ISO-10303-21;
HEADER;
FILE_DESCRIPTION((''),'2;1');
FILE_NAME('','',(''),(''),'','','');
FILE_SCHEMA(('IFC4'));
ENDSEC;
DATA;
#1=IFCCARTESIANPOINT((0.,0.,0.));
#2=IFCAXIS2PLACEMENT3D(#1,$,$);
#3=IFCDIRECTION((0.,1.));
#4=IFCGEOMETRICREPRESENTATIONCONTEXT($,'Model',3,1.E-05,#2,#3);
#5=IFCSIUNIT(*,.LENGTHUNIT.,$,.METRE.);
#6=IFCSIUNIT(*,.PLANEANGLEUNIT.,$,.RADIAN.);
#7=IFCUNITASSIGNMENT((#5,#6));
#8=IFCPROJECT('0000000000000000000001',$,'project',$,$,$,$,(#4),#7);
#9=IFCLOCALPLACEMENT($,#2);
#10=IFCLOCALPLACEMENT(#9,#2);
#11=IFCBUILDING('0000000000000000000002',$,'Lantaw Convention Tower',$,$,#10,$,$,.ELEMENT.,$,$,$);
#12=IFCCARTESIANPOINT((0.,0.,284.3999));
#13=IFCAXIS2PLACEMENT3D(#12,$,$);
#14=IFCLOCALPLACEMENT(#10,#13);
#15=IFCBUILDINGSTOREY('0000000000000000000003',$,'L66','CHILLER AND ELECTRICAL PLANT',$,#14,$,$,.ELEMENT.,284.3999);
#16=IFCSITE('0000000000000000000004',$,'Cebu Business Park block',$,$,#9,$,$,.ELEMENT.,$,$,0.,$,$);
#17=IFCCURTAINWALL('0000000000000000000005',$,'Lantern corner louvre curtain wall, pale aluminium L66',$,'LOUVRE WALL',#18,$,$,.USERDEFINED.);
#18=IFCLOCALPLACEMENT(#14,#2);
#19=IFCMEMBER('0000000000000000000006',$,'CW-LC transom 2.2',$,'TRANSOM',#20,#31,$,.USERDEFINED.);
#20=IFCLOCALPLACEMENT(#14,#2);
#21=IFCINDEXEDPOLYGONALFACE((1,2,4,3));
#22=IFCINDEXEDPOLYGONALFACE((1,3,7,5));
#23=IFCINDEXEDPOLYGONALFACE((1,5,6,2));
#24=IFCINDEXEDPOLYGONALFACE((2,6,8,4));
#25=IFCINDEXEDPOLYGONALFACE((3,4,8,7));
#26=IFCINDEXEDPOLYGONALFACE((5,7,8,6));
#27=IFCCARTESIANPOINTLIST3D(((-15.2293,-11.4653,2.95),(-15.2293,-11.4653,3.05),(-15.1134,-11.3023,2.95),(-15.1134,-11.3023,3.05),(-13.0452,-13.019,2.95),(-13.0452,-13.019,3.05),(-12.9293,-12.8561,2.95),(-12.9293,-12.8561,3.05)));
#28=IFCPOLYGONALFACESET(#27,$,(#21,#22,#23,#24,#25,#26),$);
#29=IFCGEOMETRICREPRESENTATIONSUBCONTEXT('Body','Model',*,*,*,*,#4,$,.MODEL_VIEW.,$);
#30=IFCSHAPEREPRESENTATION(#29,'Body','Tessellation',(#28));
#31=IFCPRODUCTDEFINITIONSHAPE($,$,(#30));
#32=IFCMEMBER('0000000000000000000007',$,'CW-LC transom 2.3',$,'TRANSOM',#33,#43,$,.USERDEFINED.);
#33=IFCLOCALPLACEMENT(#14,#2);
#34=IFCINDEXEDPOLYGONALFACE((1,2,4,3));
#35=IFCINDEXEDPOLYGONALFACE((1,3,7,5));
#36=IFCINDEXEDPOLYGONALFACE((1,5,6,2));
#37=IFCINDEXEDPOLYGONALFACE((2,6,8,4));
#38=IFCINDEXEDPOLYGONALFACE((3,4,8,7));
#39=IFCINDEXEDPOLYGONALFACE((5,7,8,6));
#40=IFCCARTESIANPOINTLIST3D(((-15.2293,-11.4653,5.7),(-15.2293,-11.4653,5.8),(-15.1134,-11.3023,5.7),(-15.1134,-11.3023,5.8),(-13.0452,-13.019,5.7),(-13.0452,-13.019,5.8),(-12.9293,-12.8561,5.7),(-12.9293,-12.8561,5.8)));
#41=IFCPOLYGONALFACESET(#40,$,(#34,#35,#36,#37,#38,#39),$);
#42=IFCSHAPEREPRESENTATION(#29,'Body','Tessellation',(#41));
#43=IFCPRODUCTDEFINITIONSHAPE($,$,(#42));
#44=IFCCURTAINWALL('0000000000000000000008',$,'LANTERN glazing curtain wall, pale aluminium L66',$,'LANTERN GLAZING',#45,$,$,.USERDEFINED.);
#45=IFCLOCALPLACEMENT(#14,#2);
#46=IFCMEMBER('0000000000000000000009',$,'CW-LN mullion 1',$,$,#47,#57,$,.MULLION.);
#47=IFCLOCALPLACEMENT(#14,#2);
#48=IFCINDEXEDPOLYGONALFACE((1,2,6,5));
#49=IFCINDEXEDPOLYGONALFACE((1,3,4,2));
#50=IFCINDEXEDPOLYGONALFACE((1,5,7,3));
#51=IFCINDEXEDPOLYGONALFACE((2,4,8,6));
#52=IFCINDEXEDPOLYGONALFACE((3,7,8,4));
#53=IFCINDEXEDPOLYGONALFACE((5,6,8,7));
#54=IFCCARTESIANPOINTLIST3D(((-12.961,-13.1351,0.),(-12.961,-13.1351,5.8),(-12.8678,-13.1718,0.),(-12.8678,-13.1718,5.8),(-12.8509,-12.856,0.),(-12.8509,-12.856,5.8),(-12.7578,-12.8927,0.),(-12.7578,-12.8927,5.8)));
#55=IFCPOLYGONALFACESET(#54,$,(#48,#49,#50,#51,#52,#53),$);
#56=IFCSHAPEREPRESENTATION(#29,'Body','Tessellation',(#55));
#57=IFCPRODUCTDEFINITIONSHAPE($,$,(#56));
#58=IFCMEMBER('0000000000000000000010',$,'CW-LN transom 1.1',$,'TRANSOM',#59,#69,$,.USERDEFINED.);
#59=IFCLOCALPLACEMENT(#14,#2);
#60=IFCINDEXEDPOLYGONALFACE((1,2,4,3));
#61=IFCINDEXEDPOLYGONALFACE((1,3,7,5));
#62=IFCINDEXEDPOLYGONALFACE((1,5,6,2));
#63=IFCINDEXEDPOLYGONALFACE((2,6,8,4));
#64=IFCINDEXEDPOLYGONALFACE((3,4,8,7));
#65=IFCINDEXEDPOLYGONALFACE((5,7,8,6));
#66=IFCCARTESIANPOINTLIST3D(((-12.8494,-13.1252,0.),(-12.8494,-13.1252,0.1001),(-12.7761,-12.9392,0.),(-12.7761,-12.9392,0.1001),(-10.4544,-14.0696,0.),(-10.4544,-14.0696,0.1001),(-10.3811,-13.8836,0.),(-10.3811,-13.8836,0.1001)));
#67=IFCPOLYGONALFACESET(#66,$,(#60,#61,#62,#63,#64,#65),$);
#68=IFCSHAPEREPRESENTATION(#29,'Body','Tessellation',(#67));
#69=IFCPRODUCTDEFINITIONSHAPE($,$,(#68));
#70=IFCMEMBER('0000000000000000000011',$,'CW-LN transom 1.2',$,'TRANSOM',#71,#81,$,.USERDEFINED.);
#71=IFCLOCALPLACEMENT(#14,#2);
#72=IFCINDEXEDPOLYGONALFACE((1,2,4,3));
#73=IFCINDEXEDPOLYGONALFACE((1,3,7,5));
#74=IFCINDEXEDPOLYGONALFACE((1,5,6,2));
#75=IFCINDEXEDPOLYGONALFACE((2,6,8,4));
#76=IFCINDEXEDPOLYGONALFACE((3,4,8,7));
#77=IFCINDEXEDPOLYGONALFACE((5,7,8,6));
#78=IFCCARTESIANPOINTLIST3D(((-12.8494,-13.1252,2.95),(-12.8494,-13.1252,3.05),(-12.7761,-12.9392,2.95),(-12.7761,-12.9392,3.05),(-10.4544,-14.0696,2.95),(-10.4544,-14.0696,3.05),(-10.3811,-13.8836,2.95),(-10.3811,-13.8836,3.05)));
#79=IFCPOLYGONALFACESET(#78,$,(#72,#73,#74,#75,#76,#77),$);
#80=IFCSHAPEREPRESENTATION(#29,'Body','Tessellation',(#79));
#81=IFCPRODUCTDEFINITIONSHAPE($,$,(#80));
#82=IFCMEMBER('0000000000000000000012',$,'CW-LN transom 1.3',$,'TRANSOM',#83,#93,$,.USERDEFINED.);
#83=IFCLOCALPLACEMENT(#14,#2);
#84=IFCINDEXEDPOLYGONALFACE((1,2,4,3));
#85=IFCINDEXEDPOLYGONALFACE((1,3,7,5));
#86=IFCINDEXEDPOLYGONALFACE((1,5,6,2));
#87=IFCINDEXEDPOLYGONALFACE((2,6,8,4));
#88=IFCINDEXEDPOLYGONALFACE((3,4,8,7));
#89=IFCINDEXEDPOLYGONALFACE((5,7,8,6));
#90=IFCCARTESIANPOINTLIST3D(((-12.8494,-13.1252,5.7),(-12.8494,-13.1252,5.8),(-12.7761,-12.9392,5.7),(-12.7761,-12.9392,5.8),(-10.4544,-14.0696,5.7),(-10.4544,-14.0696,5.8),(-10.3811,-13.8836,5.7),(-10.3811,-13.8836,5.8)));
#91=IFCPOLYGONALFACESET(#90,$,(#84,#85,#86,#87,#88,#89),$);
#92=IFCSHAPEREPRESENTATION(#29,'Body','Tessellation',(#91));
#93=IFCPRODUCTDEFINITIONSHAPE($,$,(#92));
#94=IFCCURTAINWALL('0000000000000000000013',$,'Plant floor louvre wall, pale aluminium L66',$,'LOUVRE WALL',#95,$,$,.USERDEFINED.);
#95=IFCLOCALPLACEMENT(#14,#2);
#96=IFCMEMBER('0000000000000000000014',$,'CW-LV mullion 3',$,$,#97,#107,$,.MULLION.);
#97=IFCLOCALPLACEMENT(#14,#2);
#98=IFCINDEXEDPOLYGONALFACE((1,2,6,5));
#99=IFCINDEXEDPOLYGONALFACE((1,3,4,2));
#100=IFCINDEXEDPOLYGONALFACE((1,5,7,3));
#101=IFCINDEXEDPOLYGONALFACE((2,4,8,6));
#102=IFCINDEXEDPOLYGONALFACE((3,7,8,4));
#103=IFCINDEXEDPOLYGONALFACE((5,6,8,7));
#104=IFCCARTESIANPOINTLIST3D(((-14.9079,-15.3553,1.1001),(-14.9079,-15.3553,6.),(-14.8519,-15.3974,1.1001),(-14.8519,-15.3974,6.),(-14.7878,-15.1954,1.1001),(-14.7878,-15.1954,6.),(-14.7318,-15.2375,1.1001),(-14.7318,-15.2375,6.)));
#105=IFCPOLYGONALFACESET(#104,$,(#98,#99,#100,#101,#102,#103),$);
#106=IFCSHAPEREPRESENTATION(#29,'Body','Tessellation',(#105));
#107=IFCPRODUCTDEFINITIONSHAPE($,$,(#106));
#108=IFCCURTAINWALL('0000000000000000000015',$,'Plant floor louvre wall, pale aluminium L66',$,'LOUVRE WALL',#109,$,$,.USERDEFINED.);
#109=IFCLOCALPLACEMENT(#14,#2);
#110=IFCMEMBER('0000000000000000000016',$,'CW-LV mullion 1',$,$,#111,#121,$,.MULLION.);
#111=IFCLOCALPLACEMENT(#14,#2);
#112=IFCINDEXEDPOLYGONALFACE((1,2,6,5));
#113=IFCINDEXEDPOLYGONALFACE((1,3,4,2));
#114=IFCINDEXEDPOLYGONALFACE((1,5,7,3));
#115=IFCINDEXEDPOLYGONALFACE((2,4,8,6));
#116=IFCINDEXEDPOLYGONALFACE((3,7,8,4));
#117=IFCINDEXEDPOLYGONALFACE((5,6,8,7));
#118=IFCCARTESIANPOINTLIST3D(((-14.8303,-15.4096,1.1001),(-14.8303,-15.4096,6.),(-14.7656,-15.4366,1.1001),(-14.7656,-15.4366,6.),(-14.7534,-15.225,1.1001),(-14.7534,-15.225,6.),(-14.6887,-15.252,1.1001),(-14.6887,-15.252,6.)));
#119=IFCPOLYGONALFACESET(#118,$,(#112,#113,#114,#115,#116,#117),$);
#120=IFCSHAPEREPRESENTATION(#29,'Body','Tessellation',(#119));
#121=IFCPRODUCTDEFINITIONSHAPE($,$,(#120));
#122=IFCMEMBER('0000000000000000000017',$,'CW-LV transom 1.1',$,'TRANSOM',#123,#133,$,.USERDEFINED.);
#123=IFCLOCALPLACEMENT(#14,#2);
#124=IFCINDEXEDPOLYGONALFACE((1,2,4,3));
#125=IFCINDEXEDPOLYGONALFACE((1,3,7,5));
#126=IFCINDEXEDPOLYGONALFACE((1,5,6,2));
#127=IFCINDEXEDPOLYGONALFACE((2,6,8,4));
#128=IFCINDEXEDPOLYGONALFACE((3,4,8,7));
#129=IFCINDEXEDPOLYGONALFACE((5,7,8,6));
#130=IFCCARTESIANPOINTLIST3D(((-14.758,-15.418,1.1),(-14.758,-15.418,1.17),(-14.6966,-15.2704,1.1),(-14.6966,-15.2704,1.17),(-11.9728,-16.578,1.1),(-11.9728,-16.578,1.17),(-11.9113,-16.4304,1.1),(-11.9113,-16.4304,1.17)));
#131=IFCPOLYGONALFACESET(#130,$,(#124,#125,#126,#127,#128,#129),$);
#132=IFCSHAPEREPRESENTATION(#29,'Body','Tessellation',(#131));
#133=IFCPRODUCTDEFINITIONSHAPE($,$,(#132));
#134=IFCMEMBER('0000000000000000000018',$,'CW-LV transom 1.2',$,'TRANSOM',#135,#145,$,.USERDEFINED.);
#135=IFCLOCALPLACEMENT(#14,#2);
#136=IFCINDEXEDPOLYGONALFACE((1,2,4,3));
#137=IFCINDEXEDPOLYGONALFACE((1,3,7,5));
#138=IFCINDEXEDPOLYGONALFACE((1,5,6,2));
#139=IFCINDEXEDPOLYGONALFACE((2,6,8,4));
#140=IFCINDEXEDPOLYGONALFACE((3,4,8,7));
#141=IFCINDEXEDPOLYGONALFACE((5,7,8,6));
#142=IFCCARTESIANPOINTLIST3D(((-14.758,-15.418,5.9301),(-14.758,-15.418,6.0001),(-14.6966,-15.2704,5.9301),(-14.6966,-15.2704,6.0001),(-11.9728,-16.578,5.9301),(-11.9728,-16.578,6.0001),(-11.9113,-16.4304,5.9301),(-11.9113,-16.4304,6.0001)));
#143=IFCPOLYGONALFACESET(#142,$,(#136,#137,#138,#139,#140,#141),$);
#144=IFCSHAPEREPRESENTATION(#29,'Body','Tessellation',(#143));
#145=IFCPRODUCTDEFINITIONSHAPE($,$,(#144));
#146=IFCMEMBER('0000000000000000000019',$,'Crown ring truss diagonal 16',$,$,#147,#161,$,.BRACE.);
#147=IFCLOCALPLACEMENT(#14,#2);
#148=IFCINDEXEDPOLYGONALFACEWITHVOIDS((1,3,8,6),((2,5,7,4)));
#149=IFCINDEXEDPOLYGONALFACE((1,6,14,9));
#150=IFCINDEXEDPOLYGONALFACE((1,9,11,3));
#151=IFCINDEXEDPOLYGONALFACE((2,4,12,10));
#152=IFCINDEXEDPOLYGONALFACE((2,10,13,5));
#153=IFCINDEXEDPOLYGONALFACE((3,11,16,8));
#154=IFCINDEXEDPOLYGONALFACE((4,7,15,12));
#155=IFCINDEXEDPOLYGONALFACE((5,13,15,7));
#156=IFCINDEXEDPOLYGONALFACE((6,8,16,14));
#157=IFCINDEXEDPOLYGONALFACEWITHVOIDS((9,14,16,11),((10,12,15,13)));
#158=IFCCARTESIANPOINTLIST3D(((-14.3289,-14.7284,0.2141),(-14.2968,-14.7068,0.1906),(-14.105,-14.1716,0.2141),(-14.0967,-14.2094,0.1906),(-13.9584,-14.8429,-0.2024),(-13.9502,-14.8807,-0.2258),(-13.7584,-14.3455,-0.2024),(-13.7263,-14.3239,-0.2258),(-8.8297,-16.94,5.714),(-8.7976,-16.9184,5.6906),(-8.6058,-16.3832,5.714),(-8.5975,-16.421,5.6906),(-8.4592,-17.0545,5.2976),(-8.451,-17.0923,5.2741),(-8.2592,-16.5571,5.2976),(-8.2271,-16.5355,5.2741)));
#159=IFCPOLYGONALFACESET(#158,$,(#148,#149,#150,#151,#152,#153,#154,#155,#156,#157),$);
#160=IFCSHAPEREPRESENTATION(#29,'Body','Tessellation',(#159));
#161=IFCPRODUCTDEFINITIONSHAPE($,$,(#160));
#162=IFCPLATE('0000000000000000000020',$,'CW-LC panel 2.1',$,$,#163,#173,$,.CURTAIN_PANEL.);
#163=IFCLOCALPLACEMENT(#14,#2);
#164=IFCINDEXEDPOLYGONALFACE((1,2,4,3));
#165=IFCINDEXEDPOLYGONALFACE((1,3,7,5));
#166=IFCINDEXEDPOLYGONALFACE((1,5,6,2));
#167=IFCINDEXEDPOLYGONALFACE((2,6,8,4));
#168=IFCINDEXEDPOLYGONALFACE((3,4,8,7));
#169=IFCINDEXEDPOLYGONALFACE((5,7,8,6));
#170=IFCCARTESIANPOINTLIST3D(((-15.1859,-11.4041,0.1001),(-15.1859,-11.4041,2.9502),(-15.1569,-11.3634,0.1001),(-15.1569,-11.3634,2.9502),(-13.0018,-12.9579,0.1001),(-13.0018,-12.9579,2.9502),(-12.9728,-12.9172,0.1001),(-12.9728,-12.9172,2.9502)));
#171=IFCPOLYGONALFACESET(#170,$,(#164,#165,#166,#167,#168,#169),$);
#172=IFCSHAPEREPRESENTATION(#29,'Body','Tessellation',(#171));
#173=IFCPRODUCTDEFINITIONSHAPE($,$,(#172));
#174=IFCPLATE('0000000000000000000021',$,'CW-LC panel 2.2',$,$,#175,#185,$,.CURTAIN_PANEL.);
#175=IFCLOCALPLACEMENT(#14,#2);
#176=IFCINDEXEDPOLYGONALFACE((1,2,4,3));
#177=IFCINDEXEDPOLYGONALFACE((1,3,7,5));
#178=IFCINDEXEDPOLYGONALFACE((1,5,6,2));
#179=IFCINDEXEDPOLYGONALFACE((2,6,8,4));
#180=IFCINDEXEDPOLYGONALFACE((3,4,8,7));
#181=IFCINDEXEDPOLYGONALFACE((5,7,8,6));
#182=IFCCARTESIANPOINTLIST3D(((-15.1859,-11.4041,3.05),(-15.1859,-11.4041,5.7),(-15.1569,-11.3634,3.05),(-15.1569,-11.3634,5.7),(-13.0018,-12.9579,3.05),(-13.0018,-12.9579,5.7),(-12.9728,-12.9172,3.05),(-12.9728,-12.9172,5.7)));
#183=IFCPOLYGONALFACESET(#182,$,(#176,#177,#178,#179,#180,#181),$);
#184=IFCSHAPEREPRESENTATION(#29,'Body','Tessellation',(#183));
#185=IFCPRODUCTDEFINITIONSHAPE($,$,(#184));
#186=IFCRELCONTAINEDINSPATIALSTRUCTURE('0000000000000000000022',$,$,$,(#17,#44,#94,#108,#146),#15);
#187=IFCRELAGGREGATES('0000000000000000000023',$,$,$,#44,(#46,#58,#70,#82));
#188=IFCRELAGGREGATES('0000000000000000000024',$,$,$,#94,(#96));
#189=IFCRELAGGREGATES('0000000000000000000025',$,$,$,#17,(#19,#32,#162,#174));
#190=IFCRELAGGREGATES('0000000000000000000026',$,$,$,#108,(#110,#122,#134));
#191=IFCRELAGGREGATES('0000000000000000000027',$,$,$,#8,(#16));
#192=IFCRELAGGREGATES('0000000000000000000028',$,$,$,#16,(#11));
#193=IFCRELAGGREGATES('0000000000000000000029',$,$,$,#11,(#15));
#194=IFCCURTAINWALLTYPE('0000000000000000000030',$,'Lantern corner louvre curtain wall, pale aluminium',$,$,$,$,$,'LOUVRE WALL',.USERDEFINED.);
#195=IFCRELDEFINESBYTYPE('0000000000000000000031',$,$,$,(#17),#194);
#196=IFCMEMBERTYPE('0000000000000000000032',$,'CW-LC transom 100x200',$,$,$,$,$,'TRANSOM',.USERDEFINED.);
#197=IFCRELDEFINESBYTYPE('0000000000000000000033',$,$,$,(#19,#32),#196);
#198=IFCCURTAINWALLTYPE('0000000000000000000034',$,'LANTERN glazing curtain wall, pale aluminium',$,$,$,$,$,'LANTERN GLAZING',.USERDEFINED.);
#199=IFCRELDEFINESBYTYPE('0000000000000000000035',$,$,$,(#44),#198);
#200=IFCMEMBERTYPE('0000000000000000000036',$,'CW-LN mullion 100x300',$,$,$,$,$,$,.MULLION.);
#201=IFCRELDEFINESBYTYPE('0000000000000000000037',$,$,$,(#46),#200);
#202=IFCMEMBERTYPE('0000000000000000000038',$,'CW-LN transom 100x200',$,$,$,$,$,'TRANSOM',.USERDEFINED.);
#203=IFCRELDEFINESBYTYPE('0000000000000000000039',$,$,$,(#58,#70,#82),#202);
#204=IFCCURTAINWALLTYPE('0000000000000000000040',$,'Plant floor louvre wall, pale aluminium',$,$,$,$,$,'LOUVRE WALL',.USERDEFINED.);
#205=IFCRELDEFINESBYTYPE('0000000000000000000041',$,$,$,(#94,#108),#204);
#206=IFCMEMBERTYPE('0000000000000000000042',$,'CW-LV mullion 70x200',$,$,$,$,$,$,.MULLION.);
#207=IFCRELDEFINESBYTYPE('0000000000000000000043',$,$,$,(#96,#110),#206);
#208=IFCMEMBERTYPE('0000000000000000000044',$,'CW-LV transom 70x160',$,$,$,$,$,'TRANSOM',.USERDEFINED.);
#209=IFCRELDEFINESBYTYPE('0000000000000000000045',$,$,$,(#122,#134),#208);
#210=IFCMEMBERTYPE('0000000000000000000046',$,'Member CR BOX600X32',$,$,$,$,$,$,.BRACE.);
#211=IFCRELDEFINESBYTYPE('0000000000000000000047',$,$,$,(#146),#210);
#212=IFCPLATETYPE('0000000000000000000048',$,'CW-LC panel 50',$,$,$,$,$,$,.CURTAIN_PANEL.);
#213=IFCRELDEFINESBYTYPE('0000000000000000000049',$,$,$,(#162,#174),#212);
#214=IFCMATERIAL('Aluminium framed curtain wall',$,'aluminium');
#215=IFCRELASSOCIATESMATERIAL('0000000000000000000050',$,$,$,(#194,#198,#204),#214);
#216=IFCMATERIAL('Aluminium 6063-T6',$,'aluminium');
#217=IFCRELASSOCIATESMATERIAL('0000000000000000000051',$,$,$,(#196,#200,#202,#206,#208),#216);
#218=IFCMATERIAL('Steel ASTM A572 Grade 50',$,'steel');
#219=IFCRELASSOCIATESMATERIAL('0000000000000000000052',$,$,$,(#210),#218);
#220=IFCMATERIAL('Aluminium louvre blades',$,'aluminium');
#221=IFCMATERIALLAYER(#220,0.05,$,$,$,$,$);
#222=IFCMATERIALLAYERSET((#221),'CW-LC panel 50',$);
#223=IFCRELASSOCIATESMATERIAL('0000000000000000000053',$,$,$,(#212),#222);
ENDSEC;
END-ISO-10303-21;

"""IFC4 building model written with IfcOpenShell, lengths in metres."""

from ifc_helpers import new_model, si_unit, direction, frame, origin, origin_2d, place, context, subcontext, project, spatial, rectangle, hollow_rectangle, extrude, material, layer, layer_set, material_profile, profile_set, type_object, element, aggregate, save


model = new_model("IFC4")

# Units and contexts
model_context = context("Model", 3, precision=1e-05, world=origin(), true_north=direction((0.0, 1.0)))
body_context = subcontext(model_context, "Body", "Model", "MODEL_VIEW")
ifc_project = project(units=[si_unit("LENGTHUNIT", "METRE"), si_unit("PLANEANGLEUNIT", "RADIAN")], contexts=[model_context])

# Site, building, storey
site_placement = place(None, origin())
site = spatial("IfcSite", under=ifc_project, at=site_placement, Name="Cebu Business Park block", CompositionType="ELEMENT", RefElevation=0.0)
building_placement = place(site_placement, origin())
building = spatial("IfcBuilding", under=site, at=building_placement, Name="Lantaw Convention Tower", CompositionType="ELEMENT")
storey_placement = place(building_placement, frame((0.0, 0.0, 284.3999)))
storey = spatial("IfcBuildingStorey", under=building, at=storey_placement, Name="L66", Description="CHILLER AND ELECTRICAL PLANT", CompositionType="ELEMENT", Elevation=284.3999)

# Shared definitions
ifc_material_1 = material(Name="Steel ASTM A572 Grade 50", Category="steel")

# Curtain walls, members
ifc_material_2 = material(Name="Aluminium framed curtain wall", Category="aluminium")
curtain_wall_type_1 = type_object("IfcCurtainWallType", Name="Lantern corner louvre curtain wall, pale aluminium", ElementType="LOUVRE WALL", PredefinedType="USERDEFINED", material=ifc_material_2)
curtain_wall_1_placement = place(storey_placement, origin())
curtain_wall_1 = element("IfcCurtainWall", 1, at=curtain_wall_1_placement, inside=storey, type_object=curtain_wall_type_1, Name="Lantern corner louvre curtain wall, pale aluminium L66", ObjectType="LOUVRE WALL", PredefinedType="USERDEFINED")
ifc_material_3 = material(Name="Aluminium 6063-T6", Category="aluminium")
ifc_material_profile_1 = material_profile(ifc_material_3, rectangle(XDim=0.2, YDim=0.1001, at=origin_2d()), Name="CW-LC transom 100x200")
ifc_profile_set_1 = profile_set([ifc_material_profile_1], Name="Aluminium 6063-T6")
member_type_1 = type_object("IfcMemberType", Name="CW-LC transom 100x200", ElementType="TRANSOM", PredefinedType="USERDEFINED", material=ifc_profile_set_1)
member_1_placement = place(storey_placement, frame((-15.1714, -11.3838, 3.0), z_axis=(0.814852, -0.579669, 0.0), x_axis=(0.579669, 0.814852, 0.0)))
member_1 = element("IfcMember", 2, at=member_1_placement, type_object=member_type_1, Name="CW-LC transom 2.2", ObjectType="TRANSOM", PredefinedType="USERDEFINED", context=body_context, shape_type="SweptSolid", body=[
    extrude(rectangle(XDim=0.2, YDim=0.1001, at=origin_2d()), origin(), (0.0, 0.0, 1.0), 2.6804),
])
member_2_placement = place(storey_placement, frame((-15.1714, -11.3838, 5.75), z_axis=(0.814852, -0.579669, 0.0), x_axis=(0.579669, 0.814852, 0.0)))
member_2 = element("IfcMember", 3, at=member_2_placement, type_object=member_type_1, Name="CW-LC transom 2.3", ObjectType="TRANSOM", PredefinedType="USERDEFINED", context=body_context, shape_type="SweptSolid", body=[
    extrude(rectangle(XDim=0.2, YDim=0.1001, at=origin_2d()), origin(), (0.0, 0.0, 1.0), 2.6804),
])
curtain_wall_type_2 = type_object("IfcCurtainWallType", Name="LANTERN glazing curtain wall, pale aluminium", ElementType="LANTERN GLAZING", PredefinedType="USERDEFINED", material=ifc_material_2)
curtain_wall_2_placement = place(storey_placement, origin())
curtain_wall_2 = element("IfcCurtainWall", 4, at=curtain_wall_2_placement, inside=storey, type_object=curtain_wall_type_2, Name="LANTERN glazing curtain wall, pale aluminium L66", ObjectType="LANTERN GLAZING", PredefinedType="USERDEFINED")
ifc_material_profile_2 = material_profile(ifc_material_3, rectangle(XDim=0.3, YDim=0.1001, at=origin_2d()), Name="CW-LN mullion 100x300")
ifc_profile_set_2 = profile_set([ifc_material_profile_2], Name="Aluminium 6063-T6")
member_type_2 = type_object("IfcMemberType", Name="CW-LN mullion 100x300", PredefinedType="MULLION", material=ifc_profile_set_2)
member_3_placement = place(storey_placement, frame((-12.8594, -13.0139, 0.0), z_axis=(0.0, 0.0, 1.0), x_axis=(0.366802, 0.930299, 0.0)))
member_3 = element("IfcMember", 5, at=member_3_placement, type_object=member_type_2, Name="CW-LN mullion 1", PredefinedType="MULLION", context=body_context, shape_type="SweptSolid", body=[
    extrude(rectangle(XDim=0.3, YDim=0.1001, at=origin_2d()), origin(), (0.0, 0.0, 1.0), 5.8),
])
ifc_material_profile_3 = material_profile(ifc_material_3, rectangle(XDim=0.2, YDim=0.1001, at=origin_2d()), Name="CW-LN transom 100x200")
ifc_profile_set_3 = profile_set([ifc_material_profile_3], Name="Aluminium 6063-T6")
member_type_3 = type_object("IfcMemberType", Name="CW-LN transom 100x200", ElementType="TRANSOM", PredefinedType="USERDEFINED", material=ifc_profile_set_3)
member_4_placement = place(storey_placement, frame((-12.8127, -13.0322, 0.05), z_axis=(0.930297, -0.366808, 0.0), x_axis=(0.366808, 0.930297, 0.0)))
member_4 = element("IfcMember", 6, at=member_4_placement, type_object=member_type_3, Name="CW-LN transom 1.1", ObjectType="TRANSOM", PredefinedType="USERDEFINED", context=body_context, shape_type="SweptSolid", body=[
    extrude(rectangle(XDim=0.2, YDim=0.1001, at=origin_2d()), origin(), (0.0, 0.0, 1.0), 2.5745),
])
member_5_placement = place(storey_placement, frame((-12.8127, -13.0322, 3.0), z_axis=(0.930297, -0.366808, 0.0), x_axis=(0.366808, 0.930297, 0.0)))
member_5 = element("IfcMember", 7, at=member_5_placement, type_object=member_type_3, Name="CW-LN transom 1.2", ObjectType="TRANSOM", PredefinedType="USERDEFINED", context=body_context, shape_type="SweptSolid", body=[
    extrude(rectangle(XDim=0.2, YDim=0.1001, at=origin_2d()), origin(), (0.0, 0.0, 1.0), 2.5745),
])
member_6_placement = place(storey_placement, frame((-12.8127, -13.0322, 5.75), z_axis=(0.930297, -0.366808, 0.0), x_axis=(0.366808, 0.930297, 0.0)))
member_6 = element("IfcMember", 8, at=member_6_placement, type_object=member_type_3, Name="CW-LN transom 1.3", ObjectType="TRANSOM", PredefinedType="USERDEFINED", context=body_context, shape_type="SweptSolid", body=[
    extrude(rectangle(XDim=0.2, YDim=0.1001, at=origin_2d()), origin(), (0.0, 0.0, 1.0), 2.5745),
])
aggregate(curtain_wall_2, [member_3, member_4, member_5, member_6])

# Curtain wall, member
curtain_wall_type_3 = type_object("IfcCurtainWallType", Name="Plant floor louvre wall, pale aluminium", ElementType="LOUVRE WALL", PredefinedType="USERDEFINED", material=ifc_material_2)
curtain_wall_3_placement = place(storey_placement, origin())
curtain_wall_3 = element("IfcCurtainWall", 9, at=curtain_wall_3_placement, inside=storey, type_object=curtain_wall_type_3, Name="Plant floor louvre wall, pale aluminium L66", ObjectType="LOUVRE WALL", PredefinedType="USERDEFINED")
ifc_material_profile_4 = material_profile(ifc_material_3, rectangle(XDim=0.2, YDim=0.0701, at=origin_2d()), Name="CW-LV mullion 70x200")
ifc_profile_set_4 = profile_set([ifc_material_profile_4], Name="Aluminium 6063-T6")
member_type_4 = type_object("IfcMemberType", Name="CW-LV mullion 70x200", PredefinedType="MULLION", material=ifc_profile_set_4)
member_7_placement = place(storey_placement, frame((-14.8198, -15.2964, 1.1001), z_axis=(0.0, 0.0, 1.0), x_axis=(0.600643, 0.799518, 0.0)))
member_7 = element("IfcMember", 10, at=member_7_placement, type_object=member_type_4, Name="CW-LV mullion 3", PredefinedType="MULLION", context=body_context, shape_type="SweptSolid", body=[
    extrude(rectangle(XDim=0.2, YDim=0.0701, at=origin_2d()), origin(), (0.0, 0.0, 1.0), 4.8999),
])
aggregate(curtain_wall_3, [member_7])

# Curtain wall, members
curtain_wall_4_placement = place(storey_placement, origin())
curtain_wall_4 = element("IfcCurtainWall", 11, at=curtain_wall_4_placement, inside=storey, type_object=curtain_wall_type_3, Name="Plant floor louvre wall, pale aluminium L66", ObjectType="LOUVRE WALL", PredefinedType="USERDEFINED")
member_8_placement = place(storey_placement, frame((-14.7595, -15.3308, 1.1001), z_axis=(0.0, 0.0, 1.0), x_axis=(0.38446, 0.923142, 0.0)))
member_8 = element("IfcMember", 12, at=member_8_placement, type_object=member_type_4, Name="CW-LV mullion 1", PredefinedType="MULLION", context=body_context, shape_type="SweptSolid", body=[
    extrude(rectangle(XDim=0.2, YDim=0.0701, at=origin_2d()), origin(), (0.0, 0.0, 1.0), 4.8999),
])
ifc_material_profile_5 = material_profile(ifc_material_3, rectangle(XDim=0.1599, YDim=0.0701, at=origin_2d()), Name="CW-LV transom 70x160")
ifc_profile_set_5 = profile_set([ifc_material_profile_5], Name="Aluminium 6063-T6")
member_type_5 = type_object("IfcMemberType", Name="CW-LV transom 70x160", ElementType="TRANSOM", PredefinedType="USERDEFINED", material=ifc_profile_set_5)
member_9_placement = place(storey_placement, frame((-14.7273, -15.3442, 1.135), z_axis=(0.923144, -0.384454, 0.0), x_axis=(0.384454, 0.923144, 0.0)))
member_9 = element("IfcMember", 13, at=member_9_placement, type_object=member_type_5, Name="CW-LV transom 1.1", ObjectType="TRANSOM", PredefinedType="USERDEFINED", context=body_context, shape_type="SweptSolid", body=[
    extrude(rectangle(XDim=0.1599, YDim=0.0701, at=origin_2d()), origin(), (0.0, 0.0, 1.0), 3.0171),
])
member_10_placement = place(storey_placement, frame((-14.7273, -15.3442, 5.9651), z_axis=(0.923144, -0.384454, 0.0), x_axis=(0.384454, 0.923144, 0.0)))
member_10 = element("IfcMember", 14, at=member_10_placement, type_object=member_type_5, Name="CW-LV transom 1.2", ObjectType="TRANSOM", PredefinedType="USERDEFINED", context=body_context, shape_type="SweptSolid", body=[
    extrude(rectangle(XDim=0.1599, YDim=0.0701, at=origin_2d()), origin(), (0.0, 0.0, 1.0), 3.0171),
])

# Member
ifc_material_profile_6 = material_profile(ifc_material_1, hollow_rectangle(XDim=0.6001, YDim=0.6001, WallThickness=0.032, at=origin_2d()), Name="BOX600X32")
ifc_profile_set_6 = profile_set([ifc_material_profile_6], Name="Steel ASTM A572 Grade 50")
member_type_6 = type_object("IfcMemberType", Name="Member CR BOX600X32", PredefinedType="BRACE", material=ifc_profile_set_6)
member_11_placement = place(storey_placement, frame((-14.0276, -14.5261, -0.0059), z_axis=(0.680097, -0.273518, 0.680188), x_axis=(0.37313, 0.927779, 0.0)))
element("IfcMember", 15, at=member_11_placement, inside=storey, type_object=member_type_6, Name="Crown ring truss diagonal 16", PredefinedType="BRACE", context=body_context, shape_type="SweptSolid", body=[
    extrude(hollow_rectangle(XDim=0.6001, YDim=0.6001, WallThickness=0.032, at=origin_2d()), origin(), (0.0, 0.0, 1.0), 8.0859),
])

# Plates
ifc_material_4 = material(Name="Aluminium louvre blades", Category="aluminium")
ifc_layer_1 = layer(ifc_material_4, 0.05)
ifc_layer_set_1 = layer_set([ifc_layer_1], Name="CW-LC panel 50")
plate_type_1 = type_object("IfcPlateType", Name="CW-LC panel 50", PredefinedType="CURTAIN_PANEL", material=ifc_layer_set_1)
plate_1_placement = place(storey_placement, frame((-14.0793, -12.1606, 0.1001), z_axis=(0.0, 0.0, 1.0), x_axis=(0.814841, -0.579684, 0.0)))
plate_1 = element("IfcPlate", 16, at=plate_1_placement, type_object=plate_type_1, Name="CW-LC panel 2.1", PredefinedType="CURTAIN_PANEL", context=body_context, shape_type="SweptSolid", body=[
    extrude(rectangle(XDim=2.6804, YDim=0.05, at=origin_2d()), origin(), (0.0, 0.0, 1.0), 2.8501),
])
plate_2_placement = place(storey_placement, frame((-14.0793, -12.1606, 3.05), z_axis=(0.0, 0.0, 1.0), x_axis=(0.814841, -0.579684, 0.0)))
plate_2 = element("IfcPlate", 17, at=plate_2_placement, type_object=plate_type_1, Name="CW-LC panel 2.2", PredefinedType="CURTAIN_PANEL", context=body_context, shape_type="SweptSolid", body=[
    extrude(rectangle(XDim=2.6804, YDim=0.05, at=origin_2d()), origin(), (0.0, 0.0, 1.0), 2.6499),
])
aggregate(curtain_wall_1, [member_1, member_2, plate_1, plate_2])
aggregate(curtain_wall_4, [member_8, member_9, member_10])

save(model, "model.ifc")
